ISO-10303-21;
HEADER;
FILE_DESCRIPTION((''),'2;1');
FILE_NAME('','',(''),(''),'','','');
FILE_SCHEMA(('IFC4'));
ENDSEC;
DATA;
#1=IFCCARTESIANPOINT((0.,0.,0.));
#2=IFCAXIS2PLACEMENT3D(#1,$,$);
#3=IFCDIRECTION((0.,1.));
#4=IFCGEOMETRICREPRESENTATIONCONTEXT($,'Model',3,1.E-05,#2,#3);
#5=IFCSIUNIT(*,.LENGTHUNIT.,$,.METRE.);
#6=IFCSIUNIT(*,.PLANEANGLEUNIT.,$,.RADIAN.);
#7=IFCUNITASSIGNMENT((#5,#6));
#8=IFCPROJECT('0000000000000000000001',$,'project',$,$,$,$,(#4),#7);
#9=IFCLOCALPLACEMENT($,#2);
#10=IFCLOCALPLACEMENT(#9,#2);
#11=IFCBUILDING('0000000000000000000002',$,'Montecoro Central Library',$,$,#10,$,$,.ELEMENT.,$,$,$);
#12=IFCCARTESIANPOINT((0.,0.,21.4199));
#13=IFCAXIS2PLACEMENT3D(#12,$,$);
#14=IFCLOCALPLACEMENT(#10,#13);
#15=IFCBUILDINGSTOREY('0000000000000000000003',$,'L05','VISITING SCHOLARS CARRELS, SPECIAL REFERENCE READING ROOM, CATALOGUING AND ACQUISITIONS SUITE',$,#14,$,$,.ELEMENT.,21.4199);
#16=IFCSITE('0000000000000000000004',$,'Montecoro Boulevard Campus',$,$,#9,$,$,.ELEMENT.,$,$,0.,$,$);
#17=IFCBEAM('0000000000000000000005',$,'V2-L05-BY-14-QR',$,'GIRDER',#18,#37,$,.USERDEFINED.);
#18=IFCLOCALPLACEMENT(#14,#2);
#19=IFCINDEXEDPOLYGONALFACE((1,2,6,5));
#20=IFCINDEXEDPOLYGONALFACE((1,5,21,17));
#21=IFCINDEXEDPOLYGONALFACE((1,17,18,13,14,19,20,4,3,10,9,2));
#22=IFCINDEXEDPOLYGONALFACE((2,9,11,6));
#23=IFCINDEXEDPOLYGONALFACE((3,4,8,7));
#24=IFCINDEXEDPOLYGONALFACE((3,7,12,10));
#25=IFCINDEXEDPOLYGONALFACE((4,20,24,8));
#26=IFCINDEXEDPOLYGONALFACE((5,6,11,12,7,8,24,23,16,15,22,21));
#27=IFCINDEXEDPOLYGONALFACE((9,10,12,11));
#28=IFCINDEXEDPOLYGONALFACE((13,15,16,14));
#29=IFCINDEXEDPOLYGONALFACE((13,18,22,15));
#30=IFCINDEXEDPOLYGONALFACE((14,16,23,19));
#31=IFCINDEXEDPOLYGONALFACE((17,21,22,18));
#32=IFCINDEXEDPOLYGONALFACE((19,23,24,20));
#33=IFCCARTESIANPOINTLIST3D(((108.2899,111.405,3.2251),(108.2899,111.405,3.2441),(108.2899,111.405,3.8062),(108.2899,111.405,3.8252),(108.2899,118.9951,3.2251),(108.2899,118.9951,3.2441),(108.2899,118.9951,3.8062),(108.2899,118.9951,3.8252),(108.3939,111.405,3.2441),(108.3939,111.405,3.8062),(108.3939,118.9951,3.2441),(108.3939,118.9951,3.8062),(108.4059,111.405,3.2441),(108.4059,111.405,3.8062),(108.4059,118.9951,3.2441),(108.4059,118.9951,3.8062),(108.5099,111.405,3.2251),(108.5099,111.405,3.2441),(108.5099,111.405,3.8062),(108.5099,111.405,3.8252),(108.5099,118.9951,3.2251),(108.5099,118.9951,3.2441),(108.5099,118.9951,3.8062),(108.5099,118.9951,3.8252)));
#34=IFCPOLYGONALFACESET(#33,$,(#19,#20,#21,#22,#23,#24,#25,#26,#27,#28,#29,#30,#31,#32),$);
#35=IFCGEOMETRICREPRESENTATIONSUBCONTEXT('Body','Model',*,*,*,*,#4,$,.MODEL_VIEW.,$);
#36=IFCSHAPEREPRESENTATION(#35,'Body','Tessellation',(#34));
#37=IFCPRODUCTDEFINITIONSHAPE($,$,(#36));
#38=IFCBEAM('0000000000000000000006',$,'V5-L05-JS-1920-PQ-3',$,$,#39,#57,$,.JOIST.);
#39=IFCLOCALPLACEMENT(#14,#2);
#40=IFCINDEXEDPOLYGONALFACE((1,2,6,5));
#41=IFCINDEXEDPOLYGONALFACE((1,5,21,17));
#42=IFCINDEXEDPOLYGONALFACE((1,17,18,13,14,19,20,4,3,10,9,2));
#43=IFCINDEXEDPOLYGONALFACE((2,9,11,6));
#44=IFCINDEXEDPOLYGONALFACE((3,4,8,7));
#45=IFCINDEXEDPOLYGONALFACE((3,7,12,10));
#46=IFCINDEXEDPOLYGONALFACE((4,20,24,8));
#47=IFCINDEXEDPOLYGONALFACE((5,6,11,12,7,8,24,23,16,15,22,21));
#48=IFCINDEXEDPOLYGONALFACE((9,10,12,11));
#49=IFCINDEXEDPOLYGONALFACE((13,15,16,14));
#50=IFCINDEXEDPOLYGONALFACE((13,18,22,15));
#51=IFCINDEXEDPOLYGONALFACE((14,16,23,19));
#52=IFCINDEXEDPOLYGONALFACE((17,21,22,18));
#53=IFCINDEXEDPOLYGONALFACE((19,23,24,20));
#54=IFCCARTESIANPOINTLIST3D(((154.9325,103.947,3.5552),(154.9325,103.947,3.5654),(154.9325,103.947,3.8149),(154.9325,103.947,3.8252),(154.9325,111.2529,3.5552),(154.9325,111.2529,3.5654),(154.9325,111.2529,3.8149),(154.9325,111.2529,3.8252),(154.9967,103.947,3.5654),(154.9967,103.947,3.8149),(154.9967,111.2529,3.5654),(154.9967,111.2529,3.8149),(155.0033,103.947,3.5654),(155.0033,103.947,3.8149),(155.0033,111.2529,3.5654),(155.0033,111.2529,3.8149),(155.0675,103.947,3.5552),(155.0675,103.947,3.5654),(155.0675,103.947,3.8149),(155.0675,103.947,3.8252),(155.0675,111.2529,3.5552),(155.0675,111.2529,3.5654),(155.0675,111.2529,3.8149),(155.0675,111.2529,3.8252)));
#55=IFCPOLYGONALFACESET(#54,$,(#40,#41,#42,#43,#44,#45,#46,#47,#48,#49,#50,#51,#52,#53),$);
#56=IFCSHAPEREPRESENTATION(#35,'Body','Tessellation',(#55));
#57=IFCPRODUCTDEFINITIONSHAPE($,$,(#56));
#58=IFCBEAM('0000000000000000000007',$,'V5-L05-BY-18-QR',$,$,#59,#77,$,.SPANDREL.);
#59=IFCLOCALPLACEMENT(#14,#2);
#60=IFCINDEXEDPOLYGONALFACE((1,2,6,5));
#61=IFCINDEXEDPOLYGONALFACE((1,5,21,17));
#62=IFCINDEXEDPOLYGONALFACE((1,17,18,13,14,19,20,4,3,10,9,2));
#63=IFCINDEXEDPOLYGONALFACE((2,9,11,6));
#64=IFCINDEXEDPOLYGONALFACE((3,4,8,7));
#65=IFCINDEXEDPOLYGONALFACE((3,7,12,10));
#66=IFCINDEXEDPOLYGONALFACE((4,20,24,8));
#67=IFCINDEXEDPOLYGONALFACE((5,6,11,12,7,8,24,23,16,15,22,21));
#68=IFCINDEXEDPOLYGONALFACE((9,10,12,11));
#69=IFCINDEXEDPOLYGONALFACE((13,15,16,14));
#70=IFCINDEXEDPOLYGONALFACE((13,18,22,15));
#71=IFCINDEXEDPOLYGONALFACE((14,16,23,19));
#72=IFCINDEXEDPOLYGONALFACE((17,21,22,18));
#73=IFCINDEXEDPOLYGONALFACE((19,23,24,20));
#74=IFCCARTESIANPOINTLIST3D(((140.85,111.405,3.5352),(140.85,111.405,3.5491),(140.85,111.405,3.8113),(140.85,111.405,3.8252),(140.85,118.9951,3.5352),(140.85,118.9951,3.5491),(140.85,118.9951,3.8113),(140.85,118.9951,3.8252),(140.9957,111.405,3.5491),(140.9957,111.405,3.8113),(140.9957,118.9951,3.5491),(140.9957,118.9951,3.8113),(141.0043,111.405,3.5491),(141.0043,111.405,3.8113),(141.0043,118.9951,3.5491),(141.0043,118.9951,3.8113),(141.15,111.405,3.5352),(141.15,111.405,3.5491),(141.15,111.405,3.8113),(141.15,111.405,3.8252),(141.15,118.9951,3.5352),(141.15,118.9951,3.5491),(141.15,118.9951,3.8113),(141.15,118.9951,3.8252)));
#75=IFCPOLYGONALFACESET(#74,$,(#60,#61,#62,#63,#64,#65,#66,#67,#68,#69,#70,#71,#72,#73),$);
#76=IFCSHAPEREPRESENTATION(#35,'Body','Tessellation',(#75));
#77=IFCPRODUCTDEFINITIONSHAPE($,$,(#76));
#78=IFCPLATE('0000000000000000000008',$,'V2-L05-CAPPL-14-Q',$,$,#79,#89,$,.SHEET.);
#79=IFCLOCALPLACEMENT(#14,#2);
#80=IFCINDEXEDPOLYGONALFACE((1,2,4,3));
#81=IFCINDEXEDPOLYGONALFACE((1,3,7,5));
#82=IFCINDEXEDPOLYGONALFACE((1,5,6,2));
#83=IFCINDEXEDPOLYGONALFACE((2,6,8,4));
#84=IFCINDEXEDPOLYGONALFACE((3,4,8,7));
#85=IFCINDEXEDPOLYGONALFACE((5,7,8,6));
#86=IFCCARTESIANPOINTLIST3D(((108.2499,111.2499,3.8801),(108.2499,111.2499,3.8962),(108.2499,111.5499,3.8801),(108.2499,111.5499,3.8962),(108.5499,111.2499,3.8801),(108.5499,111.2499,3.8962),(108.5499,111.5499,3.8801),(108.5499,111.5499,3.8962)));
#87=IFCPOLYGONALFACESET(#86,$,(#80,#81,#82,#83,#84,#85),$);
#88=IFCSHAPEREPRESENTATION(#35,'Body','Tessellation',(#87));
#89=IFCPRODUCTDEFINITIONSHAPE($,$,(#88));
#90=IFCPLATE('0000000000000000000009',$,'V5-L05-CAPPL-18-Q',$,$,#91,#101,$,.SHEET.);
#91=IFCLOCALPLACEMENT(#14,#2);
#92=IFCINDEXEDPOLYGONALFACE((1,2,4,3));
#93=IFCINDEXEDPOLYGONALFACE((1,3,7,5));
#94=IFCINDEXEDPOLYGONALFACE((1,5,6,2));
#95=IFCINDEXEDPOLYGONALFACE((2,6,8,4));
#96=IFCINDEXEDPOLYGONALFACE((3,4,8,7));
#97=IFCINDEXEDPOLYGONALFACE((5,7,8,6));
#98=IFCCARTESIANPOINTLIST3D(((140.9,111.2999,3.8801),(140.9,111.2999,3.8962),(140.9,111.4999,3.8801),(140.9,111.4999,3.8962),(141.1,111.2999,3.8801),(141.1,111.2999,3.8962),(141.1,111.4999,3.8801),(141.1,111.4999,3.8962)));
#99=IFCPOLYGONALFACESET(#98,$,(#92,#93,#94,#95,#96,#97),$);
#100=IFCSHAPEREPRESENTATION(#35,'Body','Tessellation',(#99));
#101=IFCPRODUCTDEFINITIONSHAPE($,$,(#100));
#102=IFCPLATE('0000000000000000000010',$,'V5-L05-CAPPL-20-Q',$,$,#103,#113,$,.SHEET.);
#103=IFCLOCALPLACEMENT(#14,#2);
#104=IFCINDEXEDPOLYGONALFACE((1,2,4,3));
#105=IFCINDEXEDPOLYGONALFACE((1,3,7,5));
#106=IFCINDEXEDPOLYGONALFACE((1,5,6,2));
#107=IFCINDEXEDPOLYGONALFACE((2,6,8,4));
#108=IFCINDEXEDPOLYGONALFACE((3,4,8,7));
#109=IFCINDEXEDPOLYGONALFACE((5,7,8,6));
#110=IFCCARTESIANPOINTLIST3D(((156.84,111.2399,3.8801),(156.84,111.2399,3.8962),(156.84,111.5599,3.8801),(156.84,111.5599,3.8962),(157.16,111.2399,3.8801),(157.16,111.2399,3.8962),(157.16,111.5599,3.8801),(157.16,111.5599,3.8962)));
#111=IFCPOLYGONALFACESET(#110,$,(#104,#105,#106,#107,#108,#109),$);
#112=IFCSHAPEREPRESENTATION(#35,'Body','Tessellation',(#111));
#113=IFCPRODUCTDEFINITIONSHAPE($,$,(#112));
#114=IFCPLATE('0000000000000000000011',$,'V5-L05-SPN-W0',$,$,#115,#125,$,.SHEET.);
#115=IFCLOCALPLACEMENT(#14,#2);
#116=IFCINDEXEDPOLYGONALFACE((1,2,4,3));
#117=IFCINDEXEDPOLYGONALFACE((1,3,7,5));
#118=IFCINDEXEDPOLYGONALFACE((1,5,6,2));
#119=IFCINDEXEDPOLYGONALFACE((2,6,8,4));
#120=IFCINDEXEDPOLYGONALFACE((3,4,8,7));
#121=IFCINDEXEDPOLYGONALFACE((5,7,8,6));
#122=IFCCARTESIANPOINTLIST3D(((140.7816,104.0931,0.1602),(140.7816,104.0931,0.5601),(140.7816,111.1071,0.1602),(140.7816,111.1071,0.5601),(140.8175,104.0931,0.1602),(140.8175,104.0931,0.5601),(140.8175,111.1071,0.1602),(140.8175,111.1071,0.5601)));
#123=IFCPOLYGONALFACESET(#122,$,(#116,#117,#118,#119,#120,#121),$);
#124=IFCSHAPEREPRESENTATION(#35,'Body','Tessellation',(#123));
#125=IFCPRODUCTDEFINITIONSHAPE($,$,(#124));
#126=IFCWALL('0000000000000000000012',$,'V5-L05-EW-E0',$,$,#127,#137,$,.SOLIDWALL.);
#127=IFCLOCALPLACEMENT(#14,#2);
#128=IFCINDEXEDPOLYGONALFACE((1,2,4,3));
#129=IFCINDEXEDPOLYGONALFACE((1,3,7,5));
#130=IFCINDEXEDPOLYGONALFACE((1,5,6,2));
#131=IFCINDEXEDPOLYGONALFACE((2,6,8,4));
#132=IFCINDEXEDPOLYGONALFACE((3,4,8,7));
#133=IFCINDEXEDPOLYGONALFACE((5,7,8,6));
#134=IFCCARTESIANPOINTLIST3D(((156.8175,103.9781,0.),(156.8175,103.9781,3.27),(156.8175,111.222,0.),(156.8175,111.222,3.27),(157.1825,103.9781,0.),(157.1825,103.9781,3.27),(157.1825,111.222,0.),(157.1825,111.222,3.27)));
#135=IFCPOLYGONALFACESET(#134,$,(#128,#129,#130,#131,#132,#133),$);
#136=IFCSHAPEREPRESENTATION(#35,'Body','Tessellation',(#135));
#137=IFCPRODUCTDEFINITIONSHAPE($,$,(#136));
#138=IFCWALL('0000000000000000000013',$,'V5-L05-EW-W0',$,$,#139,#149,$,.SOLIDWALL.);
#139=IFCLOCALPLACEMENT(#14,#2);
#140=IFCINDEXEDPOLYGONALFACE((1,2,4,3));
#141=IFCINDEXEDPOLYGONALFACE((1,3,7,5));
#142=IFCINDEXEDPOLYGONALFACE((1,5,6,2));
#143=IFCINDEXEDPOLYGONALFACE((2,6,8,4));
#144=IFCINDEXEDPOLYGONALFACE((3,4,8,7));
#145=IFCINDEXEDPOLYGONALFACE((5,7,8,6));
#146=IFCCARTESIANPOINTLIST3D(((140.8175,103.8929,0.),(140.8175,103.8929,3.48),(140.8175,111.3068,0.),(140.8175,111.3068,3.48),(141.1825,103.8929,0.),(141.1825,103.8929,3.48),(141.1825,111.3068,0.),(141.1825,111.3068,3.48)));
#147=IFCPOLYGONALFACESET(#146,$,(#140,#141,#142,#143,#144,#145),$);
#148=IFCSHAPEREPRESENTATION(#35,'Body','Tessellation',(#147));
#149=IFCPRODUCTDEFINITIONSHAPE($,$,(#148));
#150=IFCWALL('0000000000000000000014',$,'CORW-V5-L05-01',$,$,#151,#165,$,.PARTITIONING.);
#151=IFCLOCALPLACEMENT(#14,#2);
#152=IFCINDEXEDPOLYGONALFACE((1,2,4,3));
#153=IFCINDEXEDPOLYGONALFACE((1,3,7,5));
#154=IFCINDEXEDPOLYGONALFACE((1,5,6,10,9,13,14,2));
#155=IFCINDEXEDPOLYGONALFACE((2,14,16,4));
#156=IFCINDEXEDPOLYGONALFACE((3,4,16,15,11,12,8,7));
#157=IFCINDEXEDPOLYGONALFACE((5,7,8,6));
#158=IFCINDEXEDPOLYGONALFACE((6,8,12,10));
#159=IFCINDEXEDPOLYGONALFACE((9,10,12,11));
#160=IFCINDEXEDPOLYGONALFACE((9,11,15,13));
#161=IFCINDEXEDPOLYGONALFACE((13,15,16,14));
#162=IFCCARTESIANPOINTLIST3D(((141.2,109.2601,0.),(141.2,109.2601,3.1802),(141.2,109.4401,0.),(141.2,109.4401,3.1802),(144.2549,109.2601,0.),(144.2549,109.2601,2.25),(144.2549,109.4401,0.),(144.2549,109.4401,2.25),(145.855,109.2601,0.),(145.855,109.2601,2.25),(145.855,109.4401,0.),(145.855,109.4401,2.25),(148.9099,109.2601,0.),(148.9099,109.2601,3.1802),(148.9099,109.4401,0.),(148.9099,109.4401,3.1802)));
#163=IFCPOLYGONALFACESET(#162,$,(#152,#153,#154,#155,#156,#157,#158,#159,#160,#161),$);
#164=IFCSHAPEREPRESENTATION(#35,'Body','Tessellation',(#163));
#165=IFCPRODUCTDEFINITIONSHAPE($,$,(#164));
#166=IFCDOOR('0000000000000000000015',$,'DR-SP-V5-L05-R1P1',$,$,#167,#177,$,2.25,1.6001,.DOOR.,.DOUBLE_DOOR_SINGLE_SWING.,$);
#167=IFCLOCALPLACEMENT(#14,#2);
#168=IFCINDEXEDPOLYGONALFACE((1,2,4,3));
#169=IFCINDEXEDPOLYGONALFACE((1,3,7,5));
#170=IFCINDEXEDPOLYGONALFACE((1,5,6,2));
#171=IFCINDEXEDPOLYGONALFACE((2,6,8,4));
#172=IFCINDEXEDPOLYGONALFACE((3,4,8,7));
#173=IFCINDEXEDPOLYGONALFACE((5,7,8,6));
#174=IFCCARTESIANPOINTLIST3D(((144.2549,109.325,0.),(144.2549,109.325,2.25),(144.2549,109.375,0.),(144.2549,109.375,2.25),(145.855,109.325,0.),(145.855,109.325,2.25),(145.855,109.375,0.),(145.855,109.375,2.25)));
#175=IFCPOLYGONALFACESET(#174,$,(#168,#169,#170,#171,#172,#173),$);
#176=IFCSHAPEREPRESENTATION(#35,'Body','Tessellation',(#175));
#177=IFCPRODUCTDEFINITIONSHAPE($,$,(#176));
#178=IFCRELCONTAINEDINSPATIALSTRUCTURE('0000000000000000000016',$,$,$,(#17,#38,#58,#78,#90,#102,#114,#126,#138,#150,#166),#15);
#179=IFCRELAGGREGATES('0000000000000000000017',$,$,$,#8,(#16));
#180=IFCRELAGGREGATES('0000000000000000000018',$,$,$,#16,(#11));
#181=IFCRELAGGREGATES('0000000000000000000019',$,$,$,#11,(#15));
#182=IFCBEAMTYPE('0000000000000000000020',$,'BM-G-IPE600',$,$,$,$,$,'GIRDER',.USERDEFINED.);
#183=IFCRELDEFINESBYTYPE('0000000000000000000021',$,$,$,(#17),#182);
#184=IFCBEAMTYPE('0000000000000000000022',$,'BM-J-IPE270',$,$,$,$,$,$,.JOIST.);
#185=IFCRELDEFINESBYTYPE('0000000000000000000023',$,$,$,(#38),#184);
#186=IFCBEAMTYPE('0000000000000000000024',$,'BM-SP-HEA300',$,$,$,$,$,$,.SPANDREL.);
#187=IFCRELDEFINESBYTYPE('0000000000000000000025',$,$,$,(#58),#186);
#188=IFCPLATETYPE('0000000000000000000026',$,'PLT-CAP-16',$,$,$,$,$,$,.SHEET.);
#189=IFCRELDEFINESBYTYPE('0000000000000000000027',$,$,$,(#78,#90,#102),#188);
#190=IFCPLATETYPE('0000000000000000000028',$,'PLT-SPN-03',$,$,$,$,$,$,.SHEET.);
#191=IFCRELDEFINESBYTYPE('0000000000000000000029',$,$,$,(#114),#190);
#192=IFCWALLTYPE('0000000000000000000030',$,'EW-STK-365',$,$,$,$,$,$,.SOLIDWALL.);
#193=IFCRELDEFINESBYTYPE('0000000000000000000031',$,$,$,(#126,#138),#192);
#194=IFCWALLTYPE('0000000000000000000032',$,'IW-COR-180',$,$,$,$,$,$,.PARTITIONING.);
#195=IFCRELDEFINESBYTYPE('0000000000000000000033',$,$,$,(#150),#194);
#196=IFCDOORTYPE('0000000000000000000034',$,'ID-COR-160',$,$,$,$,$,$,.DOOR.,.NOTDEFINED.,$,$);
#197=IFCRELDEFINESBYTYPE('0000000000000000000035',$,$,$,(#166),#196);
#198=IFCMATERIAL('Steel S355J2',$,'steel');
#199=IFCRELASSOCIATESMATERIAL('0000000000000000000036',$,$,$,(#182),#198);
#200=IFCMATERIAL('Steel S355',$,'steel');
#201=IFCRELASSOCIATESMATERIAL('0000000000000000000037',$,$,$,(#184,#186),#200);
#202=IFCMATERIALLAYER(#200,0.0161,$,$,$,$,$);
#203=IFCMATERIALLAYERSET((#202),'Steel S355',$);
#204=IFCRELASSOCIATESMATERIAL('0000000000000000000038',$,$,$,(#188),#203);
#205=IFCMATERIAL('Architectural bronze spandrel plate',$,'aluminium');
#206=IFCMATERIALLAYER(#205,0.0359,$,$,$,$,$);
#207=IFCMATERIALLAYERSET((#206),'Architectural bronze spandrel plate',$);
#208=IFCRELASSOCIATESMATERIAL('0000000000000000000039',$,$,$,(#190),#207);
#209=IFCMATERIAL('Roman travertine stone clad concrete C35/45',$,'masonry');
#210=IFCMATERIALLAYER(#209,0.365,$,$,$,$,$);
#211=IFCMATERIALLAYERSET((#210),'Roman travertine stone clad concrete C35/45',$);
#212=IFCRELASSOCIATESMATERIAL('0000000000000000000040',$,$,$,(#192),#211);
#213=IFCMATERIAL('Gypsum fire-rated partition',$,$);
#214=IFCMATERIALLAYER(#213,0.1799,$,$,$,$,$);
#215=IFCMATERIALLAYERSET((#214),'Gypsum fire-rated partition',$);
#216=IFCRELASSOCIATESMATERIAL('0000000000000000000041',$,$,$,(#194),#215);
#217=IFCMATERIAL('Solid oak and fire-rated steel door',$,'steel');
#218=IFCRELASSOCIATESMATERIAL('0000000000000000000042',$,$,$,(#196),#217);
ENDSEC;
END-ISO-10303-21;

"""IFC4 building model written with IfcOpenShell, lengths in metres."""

from ifc_helpers import new_model, si_unit, direction, frame, frame_2d, origin, origin_2d, place, context, subcontext, project, spatial, rectangle, i_section, extrude, material, layer, layer_set, material_profile, profile_set, type_object, element, fill, save


model = new_model("IFC4")

# Units and contexts
model_context = context("Model", 3, precision=1e-05, world=origin(), true_north=direction((0.0, 1.0)))
body_context = subcontext(model_context, "Body", "Model", "MODEL_VIEW")
ifc_project = project(units=[si_unit("LENGTHUNIT", "METRE"), si_unit("PLANEANGLEUNIT", "RADIAN")], contexts=[model_context])

# Site, building, storey
site_placement = place(None, origin())
site = spatial("IfcSite", under=ifc_project, at=site_placement, Name="Montecoro Boulevard Campus", CompositionType="ELEMENT", RefElevation=0.0)
building_placement = place(site_placement, origin())
building = spatial("IfcBuilding", under=site, at=building_placement, Name="Montecoro Central Library", CompositionType="ELEMENT")
storey_placement = place(building_placement, frame((0.0, 0.0, 21.4199)))
storey = spatial("IfcBuildingStorey", under=building, at=storey_placement, Name="L05", Description="VISITING SCHOLARS CARRELS, SPECIAL REFERENCE READING ROOM, CATALOGUING AND ACQUISITIONS SUITE", CompositionType="ELEMENT", Elevation=21.4199)

# Shared definitions
ifc_material_1 = material(Name="Steel S355", Category="steel")

# Beams
ifc_material_2 = material(Name="Steel S355J2", Category="steel")
ifc_material_profile_1 = material_profile(ifc_material_2, i_section(OverallWidth=0.22, OverallDepth=0.6001, WebThickness=0.012, FlangeThickness=0.019, at=origin_2d()), Name="IPE 600")
ifc_profile_set_1 = profile_set([ifc_material_profile_1], Name="Steel S355J2")
beam_type_1 = type_object("IfcBeamType", Name="BM-G-IPE600", ElementType="GIRDER", PredefinedType="USERDEFINED", material=ifc_profile_set_1)
beam_1_placement = place(storey_placement, frame((108.3999, 111.405, 3.5251), z_axis=(0.0, 1.0, 0.0), x_axis=(-1.0, 0.0, 0.0)))
element("IfcBeam", 1, at=beam_1_placement, inside=storey, type_object=beam_type_1, Name="V2-L05-BY-14-QR", ObjectType="GIRDER", PredefinedType="USERDEFINED", context=body_context, shape_type="SweptSolid", body=[
    extrude(i_section(OverallWidth=0.22, OverallDepth=0.6001, WebThickness=0.012, FlangeThickness=0.019, at=origin_2d()), origin(), (0.0, 0.0, 1.0), 7.5901),
])
ifc_material_profile_2 = material_profile(ifc_material_1, i_section(OverallWidth=0.135, OverallDepth=0.27, WebThickness=0.0066, FlangeThickness=0.0103, at=origin_2d()), Name="IPE 270")
ifc_profile_set_2 = profile_set([ifc_material_profile_2], Name="Steel S355")
beam_type_2 = type_object("IfcBeamType", Name="BM-J-IPE270", PredefinedType="JOIST", material=ifc_profile_set_2)
beam_2_placement = place(storey_placement, frame((155.0, 103.947, 3.6902), z_axis=(0.0, 1.0, 0.0), x_axis=(-1.0, 0.0, 0.0)))
element("IfcBeam", 2, at=beam_2_placement, inside=storey, type_object=beam_type_2, Name="V5-L05-JS-1920-PQ-3", PredefinedType="JOIST", context=body_context, shape_type="SweptSolid", body=[
    extrude(i_section(OverallWidth=0.135, OverallDepth=0.27, WebThickness=0.0066, FlangeThickness=0.0103, at=origin_2d()), origin(), (0.0, 0.0, 1.0), 7.3059),
])
ifc_material_profile_3 = material_profile(ifc_material_1, i_section(OverallWidth=0.3, OverallDepth=0.29, WebThickness=0.0085, FlangeThickness=0.0139, at=origin_2d()), Name="HEA 300")
ifc_profile_set_3 = profile_set([ifc_material_profile_3], Name="Steel S355")
beam_type_3 = type_object("IfcBeamType", Name="BM-SP-HEA300", PredefinedType="SPANDREL", material=ifc_profile_set_3)
beam_3_placement = place(storey_placement, frame((141.0, 111.405, 3.6802), z_axis=(0.0, 1.0, 0.0), x_axis=(-1.0, 0.0, 0.0)))
element("IfcBeam", 3, at=beam_3_placement, inside=storey, type_object=beam_type_3, Name="V5-L05-BY-18-QR", PredefinedType="SPANDREL", context=body_context, shape_type="SweptSolid", body=[
    extrude(i_section(OverallWidth=0.3, OverallDepth=0.29, WebThickness=0.0085, FlangeThickness=0.0139, at=origin_2d()), origin(), (0.0, 0.0, 1.0), 7.5901),
])

# Plates
ifc_layer_1 = layer(ifc_material_1, 0.0161)
ifc_layer_set_1 = layer_set([ifc_layer_1], Name="Steel S355")
plate_type_1 = type_object("IfcPlateType", Name="PLT-CAP-16", PredefinedType="SHEET", material=ifc_layer_set_1)
plate_1_placement = place(storey_placement, frame((108.3999, 111.3999, 3.8801), z_axis=(0.0, 0.0, 1.0), x_axis=(1.0, 0.0, 0.0)))
element("IfcPlate", 4, at=plate_1_placement, inside=storey, type_object=plate_type_1, Name="V2-L05-CAPPL-14-Q", PredefinedType="SHEET", context=body_context, shape_type="SweptSolid", body=[
    extrude(rectangle(XDim=0.3, YDim=0.3, at=origin_2d()), origin(), (0.0, 0.0, 1.0), 0.0161),
])
plate_2_placement = place(storey_placement, frame((141.0, 111.3999, 3.8801), z_axis=(0.0, 0.0, 1.0), x_axis=(1.0, 0.0, 0.0)))
element("IfcPlate", 5, at=plate_2_placement, inside=storey, type_object=plate_type_1, Name="V5-L05-CAPPL-18-Q", PredefinedType="SHEET", context=body_context, shape_type="SweptSolid", body=[
    extrude(rectangle(XDim=0.2, YDim=0.2, at=origin_2d()), origin(), (0.0, 0.0, 1.0), 0.0161),
])
plate_3_placement = place(storey_placement, frame((157.0, 111.3999, 3.8801), z_axis=(0.0, 0.0, 1.0), x_axis=(1.0, 0.0, 0.0)))
element("IfcPlate", 6, at=plate_3_placement, inside=storey, type_object=plate_type_1, Name="V5-L05-CAPPL-20-Q", PredefinedType="SHEET", context=body_context, shape_type="SweptSolid", body=[
    extrude(rectangle(XDim=0.3201, YDim=0.3201, at=origin_2d()), origin(), (0.0, 0.0, 1.0), 0.0161),
])
ifc_material_3 = material(Name="Architectural bronze spandrel plate", Category="aluminium")
ifc_layer_2 = layer(ifc_material_3, 0.0359)
ifc_layer_set_2 = layer_set([ifc_layer_2], Name="Architectural bronze spandrel plate")
plate_type_2 = type_object("IfcPlateType", Name="PLT-SPN-03", PredefinedType="SHEET", material=ifc_layer_set_2)
plate_4_placement = place(storey_placement, frame((140.7996, 107.6001, 0.1602), z_axis=(0.0, 0.0, 1.0), x_axis=(0.0, -1.0, 0.0)))
element("IfcPlate", 7, at=plate_4_placement, inside=storey, type_object=plate_type_2, Name="V5-L05-SPN-W0", PredefinedType="SHEET", context=body_context, shape_type="SweptSolid", body=[
    extrude(rectangle(XDim=7.0139, YDim=0.0359, at=origin_2d()), origin(), (0.0, 0.0, 1.0), 0.3999),
])

# Walls
ifc_material_4 = material(Name="Roman travertine stone clad concrete C35/45", Category="masonry")
ifc_layer_3 = layer(ifc_material_4, 0.365)
ifc_layer_set_3 = layer_set([ifc_layer_3], Name="Roman travertine stone clad concrete C35/45")
wall_type_1 = type_object("IfcWallType", Name="EW-STK-365", PredefinedType="SOLIDWALL", material=ifc_layer_set_3)
wall_1_placement = place(storey_placement, frame((157.0, 103.978, 0.0), z_axis=(0.0, 0.0, 1.0), x_axis=(0.0, 1.0, 0.0)))
element("IfcWall", 8, at=wall_1_placement, inside=storey, type_object=wall_type_1, Name="V5-L05-EW-E0", PredefinedType="SOLIDWALL", context=body_context, shape_type="SweptSolid", body=[
    extrude(rectangle(XDim=7.2439, YDim=0.365, at=frame_2d((3.6221, 0.0))), origin(), (0.0, 0.0, 1.0), 3.27),
])
wall_2_placement = place(storey_placement, frame((141.0, 111.3069, 0.0), z_axis=(0.0, 0.0, 1.0), x_axis=(0.0, -1.0, 0.0)))
element("IfcWall", 9, at=wall_2_placement, inside=storey, type_object=wall_type_1, Name="V5-L05-EW-W0", PredefinedType="SOLIDWALL", context=body_context, shape_type="SweptSolid", body=[
    extrude(rectangle(XDim=7.4138, YDim=0.365, at=frame_2d((3.707, 0.0))), origin(), (0.0, 0.0, 1.0), 3.48),
])

# Wall, opening, door
ifc_material_5 = material(Name="Gypsum fire-rated partition")
ifc_layer_4 = layer(ifc_material_5, 0.1799)
ifc_layer_set_4 = layer_set([ifc_layer_4], Name="Gypsum fire-rated partition")
wall_type_2 = type_object("IfcWallType", Name="IW-COR-180", PredefinedType="PARTITIONING", material=ifc_layer_set_4)
wall_3_placement = place(storey_placement, frame((141.2, 109.3501, 0.0), z_axis=(0.0, 0.0, 1.0), x_axis=(1.0, 0.0, 0.0)))
wall_3 = element("IfcWall", 10, at=wall_3_placement, inside=storey, type_object=wall_type_2, Name="CORW-V5-L05-01", PredefinedType="PARTITIONING", context=body_context, shape_type="SweptSolid", body=[
    extrude(rectangle(XDim=7.71, YDim=0.1799, at=frame_2d((3.855, 0.0))), origin(), (0.0, 0.0, 1.0), 3.1802),
])
opening_1_placement = place(wall_3_placement, frame((3.0549, 0.0, 0.0)))
opening_1 = element("IfcOpeningElement", 11, at=opening_1_placement, cuts=wall_3, PredefinedType="OPENING", context=body_context, shape_type="SweptSolid", body=[
    extrude(rectangle(XDim=1.6001, YDim=2.25, at=frame_2d((0.8, 1.125))), frame((0.0, 0.0999, 0.0), z_axis=(0.0, -1.0, 0.0), x_axis=(1.0, 0.0, 0.0)), (0.0, 0.0, 1.0), 0.2),
])
ifc_material_6 = material(Name="Solid oak and fire-rated steel door", Category="steel")
door_type_1 = type_object("IfcDoorType", Name="ID-COR-160", OperationType="NOTDEFINED", PredefinedType="DOOR", material=ifc_material_6)
door_1_placement = place(opening_1_placement, origin())
door_1 = element("IfcDoor", 12, at=door_1_placement, inside=storey, type_object=door_type_1, Name="DR-SP-V5-L05-R1P1", OperationType="DOUBLE_DOOR_SINGLE_SWING", OverallHeight=2.25, OverallWidth=1.6001, PredefinedType="DOOR", context=body_context, shape_type="SweptSolid", body=[
    extrude(rectangle(XDim=1.6001, YDim=2.25, at=frame_2d((0.8, 1.125))), frame((0.0, 0.0249, 0.0), z_axis=(0.0, -1.0, 0.0), x_axis=(1.0, 0.0, 0.0)), (0.0, 0.0, 1.0), 0.05),
])
fill(opening_1, door_1)

save(model, "model.ifc")
